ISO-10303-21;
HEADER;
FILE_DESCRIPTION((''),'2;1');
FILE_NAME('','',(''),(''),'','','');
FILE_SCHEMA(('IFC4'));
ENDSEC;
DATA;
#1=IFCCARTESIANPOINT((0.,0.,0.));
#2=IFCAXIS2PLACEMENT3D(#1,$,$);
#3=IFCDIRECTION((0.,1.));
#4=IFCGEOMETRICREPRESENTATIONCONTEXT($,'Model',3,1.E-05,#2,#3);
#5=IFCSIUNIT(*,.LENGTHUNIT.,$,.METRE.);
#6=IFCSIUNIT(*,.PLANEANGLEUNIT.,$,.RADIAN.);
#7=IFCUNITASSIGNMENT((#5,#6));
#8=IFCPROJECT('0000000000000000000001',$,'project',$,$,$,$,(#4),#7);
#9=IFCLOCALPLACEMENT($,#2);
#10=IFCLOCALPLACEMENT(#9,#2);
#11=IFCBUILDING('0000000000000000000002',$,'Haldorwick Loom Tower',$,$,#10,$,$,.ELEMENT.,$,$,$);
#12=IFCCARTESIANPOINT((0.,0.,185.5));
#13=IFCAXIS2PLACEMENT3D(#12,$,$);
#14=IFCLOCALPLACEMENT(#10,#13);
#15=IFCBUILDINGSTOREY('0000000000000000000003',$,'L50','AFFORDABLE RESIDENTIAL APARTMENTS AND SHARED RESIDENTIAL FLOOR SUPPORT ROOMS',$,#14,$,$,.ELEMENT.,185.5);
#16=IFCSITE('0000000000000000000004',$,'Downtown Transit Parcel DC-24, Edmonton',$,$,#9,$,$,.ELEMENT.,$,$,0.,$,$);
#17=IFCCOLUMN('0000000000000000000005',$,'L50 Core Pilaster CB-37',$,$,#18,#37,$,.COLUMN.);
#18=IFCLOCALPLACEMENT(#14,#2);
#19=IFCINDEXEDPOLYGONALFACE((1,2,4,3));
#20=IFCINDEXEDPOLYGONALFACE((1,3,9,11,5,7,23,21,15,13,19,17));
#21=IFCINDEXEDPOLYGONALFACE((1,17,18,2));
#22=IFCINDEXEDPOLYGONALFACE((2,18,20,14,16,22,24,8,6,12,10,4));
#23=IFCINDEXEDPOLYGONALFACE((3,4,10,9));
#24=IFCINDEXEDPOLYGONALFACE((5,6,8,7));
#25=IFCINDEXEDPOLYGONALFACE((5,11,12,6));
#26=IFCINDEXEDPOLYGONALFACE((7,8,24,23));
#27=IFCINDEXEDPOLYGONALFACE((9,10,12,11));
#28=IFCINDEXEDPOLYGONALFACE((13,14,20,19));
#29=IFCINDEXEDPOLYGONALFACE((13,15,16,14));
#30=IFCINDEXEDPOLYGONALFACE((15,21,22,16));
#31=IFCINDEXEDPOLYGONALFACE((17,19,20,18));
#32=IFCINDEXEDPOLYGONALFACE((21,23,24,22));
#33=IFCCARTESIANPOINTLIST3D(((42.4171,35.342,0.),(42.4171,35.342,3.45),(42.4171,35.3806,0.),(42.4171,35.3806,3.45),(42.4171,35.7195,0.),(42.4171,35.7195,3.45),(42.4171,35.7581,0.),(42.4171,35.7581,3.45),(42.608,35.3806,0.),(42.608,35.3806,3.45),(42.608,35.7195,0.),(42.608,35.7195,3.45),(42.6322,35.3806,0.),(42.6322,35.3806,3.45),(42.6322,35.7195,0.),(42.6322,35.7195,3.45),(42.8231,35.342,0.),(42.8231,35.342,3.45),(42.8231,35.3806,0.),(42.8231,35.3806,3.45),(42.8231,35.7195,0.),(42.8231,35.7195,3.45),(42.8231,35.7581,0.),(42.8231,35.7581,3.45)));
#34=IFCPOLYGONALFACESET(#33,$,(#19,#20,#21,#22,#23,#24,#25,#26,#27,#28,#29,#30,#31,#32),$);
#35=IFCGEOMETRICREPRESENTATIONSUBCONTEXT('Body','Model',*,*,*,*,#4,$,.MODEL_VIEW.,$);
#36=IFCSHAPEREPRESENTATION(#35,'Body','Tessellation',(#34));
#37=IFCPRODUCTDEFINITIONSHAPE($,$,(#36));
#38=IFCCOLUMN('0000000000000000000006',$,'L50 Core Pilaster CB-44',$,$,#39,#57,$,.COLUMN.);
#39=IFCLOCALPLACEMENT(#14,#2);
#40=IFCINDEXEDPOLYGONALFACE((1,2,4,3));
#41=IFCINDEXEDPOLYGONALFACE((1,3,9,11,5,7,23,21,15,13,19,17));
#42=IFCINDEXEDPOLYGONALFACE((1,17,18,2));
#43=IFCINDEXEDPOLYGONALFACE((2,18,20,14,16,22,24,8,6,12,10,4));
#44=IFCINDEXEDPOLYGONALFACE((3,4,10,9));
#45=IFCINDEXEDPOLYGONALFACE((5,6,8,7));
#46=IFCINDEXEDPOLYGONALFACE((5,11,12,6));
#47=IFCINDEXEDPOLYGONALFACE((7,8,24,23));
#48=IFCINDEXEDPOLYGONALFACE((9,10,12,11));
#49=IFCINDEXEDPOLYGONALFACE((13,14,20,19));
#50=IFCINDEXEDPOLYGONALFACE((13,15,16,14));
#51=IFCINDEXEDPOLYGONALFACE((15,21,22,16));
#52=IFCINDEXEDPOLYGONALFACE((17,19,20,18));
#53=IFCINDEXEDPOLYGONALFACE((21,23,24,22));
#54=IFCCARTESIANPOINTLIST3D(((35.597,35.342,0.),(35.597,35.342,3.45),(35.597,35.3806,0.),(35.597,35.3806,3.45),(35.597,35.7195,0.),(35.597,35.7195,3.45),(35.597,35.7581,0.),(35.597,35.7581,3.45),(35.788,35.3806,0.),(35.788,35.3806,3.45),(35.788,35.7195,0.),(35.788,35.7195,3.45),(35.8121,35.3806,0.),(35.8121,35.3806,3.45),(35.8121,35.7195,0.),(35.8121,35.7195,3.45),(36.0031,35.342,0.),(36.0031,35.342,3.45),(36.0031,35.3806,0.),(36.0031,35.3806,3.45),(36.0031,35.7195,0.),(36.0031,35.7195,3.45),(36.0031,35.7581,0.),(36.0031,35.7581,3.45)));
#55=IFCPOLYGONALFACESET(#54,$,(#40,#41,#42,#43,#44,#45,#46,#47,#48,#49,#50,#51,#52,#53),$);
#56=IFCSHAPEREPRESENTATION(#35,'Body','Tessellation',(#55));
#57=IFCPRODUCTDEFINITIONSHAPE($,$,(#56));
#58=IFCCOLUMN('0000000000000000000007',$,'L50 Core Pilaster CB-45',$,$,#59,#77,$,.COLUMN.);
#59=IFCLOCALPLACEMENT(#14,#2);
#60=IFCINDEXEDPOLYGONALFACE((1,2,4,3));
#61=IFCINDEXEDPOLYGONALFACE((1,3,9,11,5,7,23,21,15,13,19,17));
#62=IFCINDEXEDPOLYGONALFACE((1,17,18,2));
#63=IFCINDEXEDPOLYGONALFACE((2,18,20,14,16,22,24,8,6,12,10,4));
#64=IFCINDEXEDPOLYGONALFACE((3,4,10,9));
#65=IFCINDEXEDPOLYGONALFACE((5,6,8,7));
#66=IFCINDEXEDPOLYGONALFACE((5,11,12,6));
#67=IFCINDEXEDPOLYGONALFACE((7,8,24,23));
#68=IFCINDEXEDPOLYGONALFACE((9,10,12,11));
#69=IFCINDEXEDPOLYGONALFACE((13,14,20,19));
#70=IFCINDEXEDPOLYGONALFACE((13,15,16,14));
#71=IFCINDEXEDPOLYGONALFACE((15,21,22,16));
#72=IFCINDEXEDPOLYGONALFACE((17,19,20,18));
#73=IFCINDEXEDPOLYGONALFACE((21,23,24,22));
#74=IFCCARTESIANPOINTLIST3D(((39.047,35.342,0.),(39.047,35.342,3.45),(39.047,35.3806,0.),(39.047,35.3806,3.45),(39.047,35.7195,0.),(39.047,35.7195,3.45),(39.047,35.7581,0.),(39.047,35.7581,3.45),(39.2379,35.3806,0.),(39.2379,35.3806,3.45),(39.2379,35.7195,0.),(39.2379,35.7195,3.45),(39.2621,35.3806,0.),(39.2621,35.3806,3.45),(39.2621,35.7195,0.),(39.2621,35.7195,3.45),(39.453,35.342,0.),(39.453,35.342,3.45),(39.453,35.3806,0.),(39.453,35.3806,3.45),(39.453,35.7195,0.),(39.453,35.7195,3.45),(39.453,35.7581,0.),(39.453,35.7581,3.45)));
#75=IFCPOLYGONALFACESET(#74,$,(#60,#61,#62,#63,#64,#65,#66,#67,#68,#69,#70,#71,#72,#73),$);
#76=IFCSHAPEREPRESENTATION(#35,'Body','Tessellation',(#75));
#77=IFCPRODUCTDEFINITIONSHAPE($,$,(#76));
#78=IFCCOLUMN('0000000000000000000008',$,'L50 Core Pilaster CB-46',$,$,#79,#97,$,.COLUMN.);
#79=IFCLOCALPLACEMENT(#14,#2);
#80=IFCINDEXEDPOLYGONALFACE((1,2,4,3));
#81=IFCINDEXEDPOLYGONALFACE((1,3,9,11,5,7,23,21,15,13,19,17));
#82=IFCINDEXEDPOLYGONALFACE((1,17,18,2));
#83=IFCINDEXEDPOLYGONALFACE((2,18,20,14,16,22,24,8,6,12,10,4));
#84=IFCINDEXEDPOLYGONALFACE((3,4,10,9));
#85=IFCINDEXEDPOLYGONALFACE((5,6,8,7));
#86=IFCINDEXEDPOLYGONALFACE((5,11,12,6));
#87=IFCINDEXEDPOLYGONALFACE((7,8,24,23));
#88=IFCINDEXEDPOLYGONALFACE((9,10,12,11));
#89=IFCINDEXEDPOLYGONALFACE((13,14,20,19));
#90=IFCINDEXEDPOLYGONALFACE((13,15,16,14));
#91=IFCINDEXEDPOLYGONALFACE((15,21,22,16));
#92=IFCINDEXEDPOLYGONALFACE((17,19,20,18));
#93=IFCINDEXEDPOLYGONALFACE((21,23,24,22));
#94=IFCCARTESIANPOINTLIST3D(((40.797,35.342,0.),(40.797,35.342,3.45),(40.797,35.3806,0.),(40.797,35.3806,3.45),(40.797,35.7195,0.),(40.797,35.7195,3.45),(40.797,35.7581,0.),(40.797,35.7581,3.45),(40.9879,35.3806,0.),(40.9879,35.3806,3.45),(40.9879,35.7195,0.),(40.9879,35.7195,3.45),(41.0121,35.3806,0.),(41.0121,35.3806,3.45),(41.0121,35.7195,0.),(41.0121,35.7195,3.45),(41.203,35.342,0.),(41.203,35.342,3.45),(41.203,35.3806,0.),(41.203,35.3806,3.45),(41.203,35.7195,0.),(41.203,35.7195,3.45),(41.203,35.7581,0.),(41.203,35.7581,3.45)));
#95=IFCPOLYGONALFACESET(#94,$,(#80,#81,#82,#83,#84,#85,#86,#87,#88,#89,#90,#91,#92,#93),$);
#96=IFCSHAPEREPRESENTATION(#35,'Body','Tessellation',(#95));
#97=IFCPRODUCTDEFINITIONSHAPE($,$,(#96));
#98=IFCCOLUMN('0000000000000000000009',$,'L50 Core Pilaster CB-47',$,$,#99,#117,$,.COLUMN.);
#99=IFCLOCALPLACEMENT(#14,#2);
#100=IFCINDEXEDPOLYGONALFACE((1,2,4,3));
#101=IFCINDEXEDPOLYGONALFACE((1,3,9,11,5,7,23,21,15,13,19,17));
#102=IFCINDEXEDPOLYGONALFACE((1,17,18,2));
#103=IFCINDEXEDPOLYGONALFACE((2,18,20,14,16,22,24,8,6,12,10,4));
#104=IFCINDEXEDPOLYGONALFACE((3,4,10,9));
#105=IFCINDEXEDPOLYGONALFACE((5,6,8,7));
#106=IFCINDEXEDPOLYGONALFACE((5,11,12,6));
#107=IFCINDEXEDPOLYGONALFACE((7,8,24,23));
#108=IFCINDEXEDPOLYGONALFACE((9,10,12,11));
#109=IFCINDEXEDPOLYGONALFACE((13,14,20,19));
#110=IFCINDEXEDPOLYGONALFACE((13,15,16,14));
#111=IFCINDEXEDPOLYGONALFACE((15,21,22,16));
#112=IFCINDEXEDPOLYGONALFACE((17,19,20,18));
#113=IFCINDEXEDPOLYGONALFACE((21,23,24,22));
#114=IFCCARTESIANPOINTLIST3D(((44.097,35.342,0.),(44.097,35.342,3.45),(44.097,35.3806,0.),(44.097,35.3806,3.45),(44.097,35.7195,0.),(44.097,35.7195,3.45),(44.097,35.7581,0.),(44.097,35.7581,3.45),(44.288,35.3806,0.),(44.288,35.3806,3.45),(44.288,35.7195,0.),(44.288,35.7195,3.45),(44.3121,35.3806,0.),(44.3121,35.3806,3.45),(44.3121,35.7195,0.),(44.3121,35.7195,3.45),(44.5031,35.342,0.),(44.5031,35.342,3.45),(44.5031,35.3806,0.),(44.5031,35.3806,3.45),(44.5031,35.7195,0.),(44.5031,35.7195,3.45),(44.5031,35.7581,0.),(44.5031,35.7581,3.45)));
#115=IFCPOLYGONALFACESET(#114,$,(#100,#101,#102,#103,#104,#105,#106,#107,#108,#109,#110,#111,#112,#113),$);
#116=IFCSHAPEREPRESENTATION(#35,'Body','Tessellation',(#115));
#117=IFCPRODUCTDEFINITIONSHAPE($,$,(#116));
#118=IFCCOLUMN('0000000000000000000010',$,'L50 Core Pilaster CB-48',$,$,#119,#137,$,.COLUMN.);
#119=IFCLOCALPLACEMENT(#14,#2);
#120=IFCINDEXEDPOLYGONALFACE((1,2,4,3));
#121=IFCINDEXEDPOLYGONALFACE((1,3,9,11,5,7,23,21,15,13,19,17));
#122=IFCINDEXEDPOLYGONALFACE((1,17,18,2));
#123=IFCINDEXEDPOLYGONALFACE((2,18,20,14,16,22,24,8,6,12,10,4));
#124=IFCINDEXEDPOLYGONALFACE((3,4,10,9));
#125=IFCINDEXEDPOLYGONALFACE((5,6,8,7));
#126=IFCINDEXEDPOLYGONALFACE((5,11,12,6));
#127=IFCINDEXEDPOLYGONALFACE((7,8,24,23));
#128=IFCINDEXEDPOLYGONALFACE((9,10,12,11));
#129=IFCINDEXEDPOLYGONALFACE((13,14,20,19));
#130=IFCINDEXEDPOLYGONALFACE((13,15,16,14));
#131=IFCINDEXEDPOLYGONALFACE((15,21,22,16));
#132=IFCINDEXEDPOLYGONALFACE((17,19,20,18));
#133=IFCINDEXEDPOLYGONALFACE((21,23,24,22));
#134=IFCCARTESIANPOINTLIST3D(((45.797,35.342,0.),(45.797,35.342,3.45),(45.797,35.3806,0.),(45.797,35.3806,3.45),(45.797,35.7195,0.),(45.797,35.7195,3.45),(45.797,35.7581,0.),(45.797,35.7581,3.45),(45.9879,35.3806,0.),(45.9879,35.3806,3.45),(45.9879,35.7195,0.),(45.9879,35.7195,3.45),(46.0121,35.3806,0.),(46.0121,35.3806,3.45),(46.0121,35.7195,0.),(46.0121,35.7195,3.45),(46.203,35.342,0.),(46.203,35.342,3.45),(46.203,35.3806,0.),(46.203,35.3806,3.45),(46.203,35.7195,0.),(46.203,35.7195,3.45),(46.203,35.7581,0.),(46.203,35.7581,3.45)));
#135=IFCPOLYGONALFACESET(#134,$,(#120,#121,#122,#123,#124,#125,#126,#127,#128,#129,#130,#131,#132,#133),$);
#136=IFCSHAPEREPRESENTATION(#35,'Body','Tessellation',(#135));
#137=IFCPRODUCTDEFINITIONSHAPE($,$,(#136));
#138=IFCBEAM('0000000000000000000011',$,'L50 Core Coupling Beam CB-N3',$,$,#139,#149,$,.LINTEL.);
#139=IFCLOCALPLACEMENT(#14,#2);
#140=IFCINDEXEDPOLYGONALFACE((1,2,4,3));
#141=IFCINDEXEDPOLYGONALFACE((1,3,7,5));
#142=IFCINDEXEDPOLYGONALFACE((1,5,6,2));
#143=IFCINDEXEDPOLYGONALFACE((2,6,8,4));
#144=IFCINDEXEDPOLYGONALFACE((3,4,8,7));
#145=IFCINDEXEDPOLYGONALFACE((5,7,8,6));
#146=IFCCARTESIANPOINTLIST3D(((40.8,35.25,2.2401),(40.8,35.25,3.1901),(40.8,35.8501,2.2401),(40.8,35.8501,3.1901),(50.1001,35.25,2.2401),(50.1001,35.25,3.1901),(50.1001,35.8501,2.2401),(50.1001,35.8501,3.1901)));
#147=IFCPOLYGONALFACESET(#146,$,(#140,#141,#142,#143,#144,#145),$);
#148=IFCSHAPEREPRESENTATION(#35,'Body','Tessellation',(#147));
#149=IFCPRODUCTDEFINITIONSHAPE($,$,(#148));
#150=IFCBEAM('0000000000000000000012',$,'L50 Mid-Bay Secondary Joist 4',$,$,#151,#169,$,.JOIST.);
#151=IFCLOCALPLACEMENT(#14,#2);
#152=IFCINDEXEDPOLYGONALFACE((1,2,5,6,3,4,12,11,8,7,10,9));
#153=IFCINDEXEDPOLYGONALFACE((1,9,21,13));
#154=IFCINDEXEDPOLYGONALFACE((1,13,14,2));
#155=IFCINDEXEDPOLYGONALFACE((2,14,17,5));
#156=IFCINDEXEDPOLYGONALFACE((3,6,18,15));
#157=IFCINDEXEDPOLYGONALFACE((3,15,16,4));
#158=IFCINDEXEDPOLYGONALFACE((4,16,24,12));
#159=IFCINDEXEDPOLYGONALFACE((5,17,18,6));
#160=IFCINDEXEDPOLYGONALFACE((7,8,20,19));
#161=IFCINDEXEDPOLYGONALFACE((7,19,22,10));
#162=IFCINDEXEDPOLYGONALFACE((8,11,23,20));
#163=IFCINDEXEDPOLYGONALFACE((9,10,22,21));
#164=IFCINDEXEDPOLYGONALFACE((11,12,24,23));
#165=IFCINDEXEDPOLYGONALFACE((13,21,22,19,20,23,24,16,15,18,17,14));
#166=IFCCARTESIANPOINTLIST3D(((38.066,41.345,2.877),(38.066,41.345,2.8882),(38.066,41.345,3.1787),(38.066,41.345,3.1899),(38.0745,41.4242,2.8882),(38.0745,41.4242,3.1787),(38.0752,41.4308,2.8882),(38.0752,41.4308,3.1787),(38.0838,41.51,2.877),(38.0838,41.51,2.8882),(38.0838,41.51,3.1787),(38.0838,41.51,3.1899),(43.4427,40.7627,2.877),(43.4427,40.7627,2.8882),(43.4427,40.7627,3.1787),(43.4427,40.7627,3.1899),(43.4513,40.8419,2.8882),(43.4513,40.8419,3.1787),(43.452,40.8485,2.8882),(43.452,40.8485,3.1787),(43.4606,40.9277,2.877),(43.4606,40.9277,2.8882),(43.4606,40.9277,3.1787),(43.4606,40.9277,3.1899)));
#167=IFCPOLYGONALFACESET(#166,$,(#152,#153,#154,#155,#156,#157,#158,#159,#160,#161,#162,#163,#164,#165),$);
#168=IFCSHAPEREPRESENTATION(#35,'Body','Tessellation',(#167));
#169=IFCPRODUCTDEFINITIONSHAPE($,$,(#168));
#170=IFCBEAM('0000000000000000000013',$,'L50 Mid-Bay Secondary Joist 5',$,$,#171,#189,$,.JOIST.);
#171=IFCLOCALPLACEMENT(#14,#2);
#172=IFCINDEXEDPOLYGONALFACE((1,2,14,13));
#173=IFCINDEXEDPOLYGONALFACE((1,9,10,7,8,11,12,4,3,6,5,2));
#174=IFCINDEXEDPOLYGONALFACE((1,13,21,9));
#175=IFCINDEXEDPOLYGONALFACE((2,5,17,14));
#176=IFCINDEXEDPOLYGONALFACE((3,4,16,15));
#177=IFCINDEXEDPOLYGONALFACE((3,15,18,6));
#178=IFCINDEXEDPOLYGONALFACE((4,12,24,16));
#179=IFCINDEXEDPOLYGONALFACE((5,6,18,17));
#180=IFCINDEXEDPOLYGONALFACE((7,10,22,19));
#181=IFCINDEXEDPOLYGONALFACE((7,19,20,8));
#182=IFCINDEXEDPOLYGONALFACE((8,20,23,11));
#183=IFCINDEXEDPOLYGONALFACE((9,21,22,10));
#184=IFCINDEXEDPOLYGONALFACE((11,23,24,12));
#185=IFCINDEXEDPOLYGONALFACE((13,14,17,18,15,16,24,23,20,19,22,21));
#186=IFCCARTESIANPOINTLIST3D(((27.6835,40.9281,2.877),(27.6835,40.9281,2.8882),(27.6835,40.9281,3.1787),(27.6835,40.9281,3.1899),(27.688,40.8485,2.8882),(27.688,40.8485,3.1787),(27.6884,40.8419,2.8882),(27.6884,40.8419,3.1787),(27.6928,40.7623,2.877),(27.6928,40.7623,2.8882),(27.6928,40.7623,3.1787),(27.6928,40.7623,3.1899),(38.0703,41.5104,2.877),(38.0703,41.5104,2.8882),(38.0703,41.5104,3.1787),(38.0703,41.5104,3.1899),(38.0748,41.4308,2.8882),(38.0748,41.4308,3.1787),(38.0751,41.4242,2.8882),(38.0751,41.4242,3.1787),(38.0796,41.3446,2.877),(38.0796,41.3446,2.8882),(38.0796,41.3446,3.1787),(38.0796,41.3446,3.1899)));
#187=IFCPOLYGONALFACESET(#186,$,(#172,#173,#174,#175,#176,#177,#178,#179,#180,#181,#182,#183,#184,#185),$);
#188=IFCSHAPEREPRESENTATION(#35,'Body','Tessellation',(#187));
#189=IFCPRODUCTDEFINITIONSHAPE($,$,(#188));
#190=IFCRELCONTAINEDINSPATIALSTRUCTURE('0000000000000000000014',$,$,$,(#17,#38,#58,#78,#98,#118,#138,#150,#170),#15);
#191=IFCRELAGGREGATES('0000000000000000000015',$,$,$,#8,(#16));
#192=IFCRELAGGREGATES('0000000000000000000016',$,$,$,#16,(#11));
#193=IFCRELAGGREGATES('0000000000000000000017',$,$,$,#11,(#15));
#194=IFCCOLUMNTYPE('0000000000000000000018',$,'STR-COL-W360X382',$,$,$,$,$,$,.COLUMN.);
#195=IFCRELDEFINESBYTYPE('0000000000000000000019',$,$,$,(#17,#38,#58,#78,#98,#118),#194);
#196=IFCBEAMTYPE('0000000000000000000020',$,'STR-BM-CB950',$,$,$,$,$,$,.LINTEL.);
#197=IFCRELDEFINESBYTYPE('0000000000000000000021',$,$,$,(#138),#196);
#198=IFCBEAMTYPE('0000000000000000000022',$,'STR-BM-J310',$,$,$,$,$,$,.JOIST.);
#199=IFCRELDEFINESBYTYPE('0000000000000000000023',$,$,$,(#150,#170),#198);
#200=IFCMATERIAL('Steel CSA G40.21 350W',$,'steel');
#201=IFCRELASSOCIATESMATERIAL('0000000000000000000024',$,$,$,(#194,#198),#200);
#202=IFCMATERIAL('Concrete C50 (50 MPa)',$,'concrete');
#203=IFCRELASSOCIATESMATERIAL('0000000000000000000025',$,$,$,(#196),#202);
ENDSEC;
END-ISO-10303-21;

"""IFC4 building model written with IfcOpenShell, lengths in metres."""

from ifc_helpers import new_model, si_unit, direction, frame, origin, origin_2d, place, context, subcontext, project, spatial, rectangle, i_section, extrude, material, material_profile, profile_set, type_object, element, save


model = new_model("IFC4")

# Units and contexts
model_context = context("Model", 3, precision=1e-05, world=origin(), true_north=direction((0.0, 1.0)))
body_context = subcontext(model_context, "Body", "Model", "MODEL_VIEW")
ifc_project = project(units=[si_unit("LENGTHUNIT", "METRE"), si_unit("PLANEANGLEUNIT", "RADIAN")], contexts=[model_context])

# Site, building, storey
site_placement = place(None, origin())
site = spatial("IfcSite", under=ifc_project, at=site_placement, Name="Downtown Transit Parcel DC-24, Edmonton", CompositionType="ELEMENT", RefElevation=0.0)
building_placement = place(site_placement, origin())
building = spatial("IfcBuilding", under=site, at=building_placement, Name="Haldorwick Loom Tower", CompositionType="ELEMENT")
storey_placement = place(building_placement, frame((0.0, 0.0, 185.5)))
storey = spatial("IfcBuildingStorey", under=building, at=storey_placement, Name="L50", Description="AFFORDABLE RESIDENTIAL APARTMENTS AND SHARED RESIDENTIAL FLOOR SUPPORT ROOMS", CompositionType="ELEMENT", Elevation=185.5)

# Columns
ifc_material_1 = material(Name="Steel CSA G40.21 350W", Category="steel")
ifc_material_profile_1 = material_profile(ifc_material_1, i_section(OverallWidth=0.406, OverallDepth=0.416, WebThickness=0.0242, FlangeThickness=0.0386, at=origin_2d()), Name="W360X382", Category="steel")
ifc_profile_set_1 = profile_set([ifc_material_profile_1], Name="Steel CSA G40.21 350W")
column_type_1 = type_object("IfcColumnType", Name="STR-COL-W360X382", PredefinedType="COLUMN", material=ifc_profile_set_1)
for number, where, z_axis, x_axis, name in (
    (1, (42.6201, 35.55, 0.0), (0.0, 0.0, 1.0), (1.0, 0.0, 0.0), "L50 Core Pilaster CB-37"),
    (2, (35.8, 35.55, 0.0), (0.0, 0.0, 1.0), (1.0, 0.0, 0.0), "L50 Core Pilaster CB-44"),
    (3, (39.25, 35.55, 0.0), (0.0, 0.0, 1.0), (1.0, 0.0, 0.0), "L50 Core Pilaster CB-45"),
    (4, (41.0, 35.55, 0.0), (0.0, 0.0, 1.0), (1.0, 0.0, 0.0), "L50 Core Pilaster CB-46"),
    (5, (44.3, 35.55, 0.0), (0.0, 0.0, 1.0), (1.0, 0.0, 0.0), "L50 Core Pilaster CB-47"),
    (6, (46.0, 35.55, 0.0), (0.0, 0.0, 1.0), (1.0, 0.0, 0.0), "L50 Core Pilaster CB-48"),
):
    element("IfcColumn", number, at=place(storey_placement, frame(where, z_axis=z_axis, x_axis=x_axis)), inside=storey, type_object=column_type_1, Name=name, PredefinedType="COLUMN", context=body_context, shape_type="SweptSolid", body=[
        extrude(i_section(OverallWidth=0.406, OverallDepth=0.416, WebThickness=0.0242, FlangeThickness=0.0386, at=origin_2d()), origin(), (0.0, 0.0, 1.0), 3.45),
    ])

# Beams
ifc_material_2 = material(Name="Concrete C50 (50 MPa)", Category="concrete")
ifc_material_profile_2 = material_profile(ifc_material_2, rectangle(XDim=0.6001, YDim=0.95, at=origin_2d()), Name="RC600X950", Category="concrete")
ifc_profile_set_2 = profile_set([ifc_material_profile_2], Name="Concrete C50 (50 MPa)")
beam_type_1 = type_object("IfcBeamType", Name="STR-BM-CB950", PredefinedType="LINTEL", material=ifc_profile_set_2)
beam_1_placement = place(storey_placement, frame((40.8, 35.55, 2.7151), z_axis=(1.0, 0.0, 0.0), x_axis=(0.0, 1.0, 0.0)))
element("IfcBeam", 7, at=beam_1_placement, inside=storey, type_object=beam_type_1, Name="L50 Core Coupling Beam CB-N3", PredefinedType="LINTEL", context=body_context, shape_type="SweptSolid", body=[
    extrude(rectangle(XDim=0.6001, YDim=0.95, at=origin_2d()), origin(), (0.0, 0.0, 1.0), 9.3),
])
ifc_material_profile_3 = material_profile(ifc_material_1, i_section(OverallWidth=0.166, OverallDepth=0.313, WebThickness=0.0066, FlangeThickness=0.0112, at=origin_2d()), Name="W310X45", Category="steel")
ifc_profile_set_3 = profile_set([ifc_material_profile_3], Name="Steel CSA G40.21 350W")
beam_type_2 = type_object("IfcBeamType", Name="STR-BM-J310", PredefinedType="JOIST", material=ifc_profile_set_3)
beam_2_placement = place(storey_placement, frame((43.4517, 40.8452, 3.0334), z_axis=(-0.994187, 0.107666, 0.0), x_axis=(-0.107666, -0.994187, 0.0)))
element("IfcBeam", 8, at=beam_2_placement, inside=storey, type_object=beam_type_2, Name="L50 Mid-Bay Secondary Joist 4", PredefinedType="JOIST", context=body_context, shape_type="SweptSolid", body=[
    extrude(i_section(OverallWidth=0.166, OverallDepth=0.313, WebThickness=0.0066, FlangeThickness=0.0112, at=origin_2d()), origin(), (0.0, 0.0, 1.0), 5.4082),
])
beam_3_placement = place(storey_placement, frame((38.075, 41.4275, 3.0334), z_axis=(-0.998432, -0.055972, 0.0), x_axis=(0.055972, -0.998432, 0.0)))
element("IfcBeam", 9, at=beam_3_placement, inside=storey, type_object=beam_type_2, Name="L50 Mid-Bay Secondary Joist 5", PredefinedType="JOIST", context=body_context, shape_type="SweptSolid", body=[
    extrude(i_section(OverallWidth=0.166, OverallDepth=0.313, WebThickness=0.0066, FlangeThickness=0.0112, at=origin_2d()), origin(), (0.0, 0.0, 1.0), 10.4031),
])

save(model, "model.ifc")
